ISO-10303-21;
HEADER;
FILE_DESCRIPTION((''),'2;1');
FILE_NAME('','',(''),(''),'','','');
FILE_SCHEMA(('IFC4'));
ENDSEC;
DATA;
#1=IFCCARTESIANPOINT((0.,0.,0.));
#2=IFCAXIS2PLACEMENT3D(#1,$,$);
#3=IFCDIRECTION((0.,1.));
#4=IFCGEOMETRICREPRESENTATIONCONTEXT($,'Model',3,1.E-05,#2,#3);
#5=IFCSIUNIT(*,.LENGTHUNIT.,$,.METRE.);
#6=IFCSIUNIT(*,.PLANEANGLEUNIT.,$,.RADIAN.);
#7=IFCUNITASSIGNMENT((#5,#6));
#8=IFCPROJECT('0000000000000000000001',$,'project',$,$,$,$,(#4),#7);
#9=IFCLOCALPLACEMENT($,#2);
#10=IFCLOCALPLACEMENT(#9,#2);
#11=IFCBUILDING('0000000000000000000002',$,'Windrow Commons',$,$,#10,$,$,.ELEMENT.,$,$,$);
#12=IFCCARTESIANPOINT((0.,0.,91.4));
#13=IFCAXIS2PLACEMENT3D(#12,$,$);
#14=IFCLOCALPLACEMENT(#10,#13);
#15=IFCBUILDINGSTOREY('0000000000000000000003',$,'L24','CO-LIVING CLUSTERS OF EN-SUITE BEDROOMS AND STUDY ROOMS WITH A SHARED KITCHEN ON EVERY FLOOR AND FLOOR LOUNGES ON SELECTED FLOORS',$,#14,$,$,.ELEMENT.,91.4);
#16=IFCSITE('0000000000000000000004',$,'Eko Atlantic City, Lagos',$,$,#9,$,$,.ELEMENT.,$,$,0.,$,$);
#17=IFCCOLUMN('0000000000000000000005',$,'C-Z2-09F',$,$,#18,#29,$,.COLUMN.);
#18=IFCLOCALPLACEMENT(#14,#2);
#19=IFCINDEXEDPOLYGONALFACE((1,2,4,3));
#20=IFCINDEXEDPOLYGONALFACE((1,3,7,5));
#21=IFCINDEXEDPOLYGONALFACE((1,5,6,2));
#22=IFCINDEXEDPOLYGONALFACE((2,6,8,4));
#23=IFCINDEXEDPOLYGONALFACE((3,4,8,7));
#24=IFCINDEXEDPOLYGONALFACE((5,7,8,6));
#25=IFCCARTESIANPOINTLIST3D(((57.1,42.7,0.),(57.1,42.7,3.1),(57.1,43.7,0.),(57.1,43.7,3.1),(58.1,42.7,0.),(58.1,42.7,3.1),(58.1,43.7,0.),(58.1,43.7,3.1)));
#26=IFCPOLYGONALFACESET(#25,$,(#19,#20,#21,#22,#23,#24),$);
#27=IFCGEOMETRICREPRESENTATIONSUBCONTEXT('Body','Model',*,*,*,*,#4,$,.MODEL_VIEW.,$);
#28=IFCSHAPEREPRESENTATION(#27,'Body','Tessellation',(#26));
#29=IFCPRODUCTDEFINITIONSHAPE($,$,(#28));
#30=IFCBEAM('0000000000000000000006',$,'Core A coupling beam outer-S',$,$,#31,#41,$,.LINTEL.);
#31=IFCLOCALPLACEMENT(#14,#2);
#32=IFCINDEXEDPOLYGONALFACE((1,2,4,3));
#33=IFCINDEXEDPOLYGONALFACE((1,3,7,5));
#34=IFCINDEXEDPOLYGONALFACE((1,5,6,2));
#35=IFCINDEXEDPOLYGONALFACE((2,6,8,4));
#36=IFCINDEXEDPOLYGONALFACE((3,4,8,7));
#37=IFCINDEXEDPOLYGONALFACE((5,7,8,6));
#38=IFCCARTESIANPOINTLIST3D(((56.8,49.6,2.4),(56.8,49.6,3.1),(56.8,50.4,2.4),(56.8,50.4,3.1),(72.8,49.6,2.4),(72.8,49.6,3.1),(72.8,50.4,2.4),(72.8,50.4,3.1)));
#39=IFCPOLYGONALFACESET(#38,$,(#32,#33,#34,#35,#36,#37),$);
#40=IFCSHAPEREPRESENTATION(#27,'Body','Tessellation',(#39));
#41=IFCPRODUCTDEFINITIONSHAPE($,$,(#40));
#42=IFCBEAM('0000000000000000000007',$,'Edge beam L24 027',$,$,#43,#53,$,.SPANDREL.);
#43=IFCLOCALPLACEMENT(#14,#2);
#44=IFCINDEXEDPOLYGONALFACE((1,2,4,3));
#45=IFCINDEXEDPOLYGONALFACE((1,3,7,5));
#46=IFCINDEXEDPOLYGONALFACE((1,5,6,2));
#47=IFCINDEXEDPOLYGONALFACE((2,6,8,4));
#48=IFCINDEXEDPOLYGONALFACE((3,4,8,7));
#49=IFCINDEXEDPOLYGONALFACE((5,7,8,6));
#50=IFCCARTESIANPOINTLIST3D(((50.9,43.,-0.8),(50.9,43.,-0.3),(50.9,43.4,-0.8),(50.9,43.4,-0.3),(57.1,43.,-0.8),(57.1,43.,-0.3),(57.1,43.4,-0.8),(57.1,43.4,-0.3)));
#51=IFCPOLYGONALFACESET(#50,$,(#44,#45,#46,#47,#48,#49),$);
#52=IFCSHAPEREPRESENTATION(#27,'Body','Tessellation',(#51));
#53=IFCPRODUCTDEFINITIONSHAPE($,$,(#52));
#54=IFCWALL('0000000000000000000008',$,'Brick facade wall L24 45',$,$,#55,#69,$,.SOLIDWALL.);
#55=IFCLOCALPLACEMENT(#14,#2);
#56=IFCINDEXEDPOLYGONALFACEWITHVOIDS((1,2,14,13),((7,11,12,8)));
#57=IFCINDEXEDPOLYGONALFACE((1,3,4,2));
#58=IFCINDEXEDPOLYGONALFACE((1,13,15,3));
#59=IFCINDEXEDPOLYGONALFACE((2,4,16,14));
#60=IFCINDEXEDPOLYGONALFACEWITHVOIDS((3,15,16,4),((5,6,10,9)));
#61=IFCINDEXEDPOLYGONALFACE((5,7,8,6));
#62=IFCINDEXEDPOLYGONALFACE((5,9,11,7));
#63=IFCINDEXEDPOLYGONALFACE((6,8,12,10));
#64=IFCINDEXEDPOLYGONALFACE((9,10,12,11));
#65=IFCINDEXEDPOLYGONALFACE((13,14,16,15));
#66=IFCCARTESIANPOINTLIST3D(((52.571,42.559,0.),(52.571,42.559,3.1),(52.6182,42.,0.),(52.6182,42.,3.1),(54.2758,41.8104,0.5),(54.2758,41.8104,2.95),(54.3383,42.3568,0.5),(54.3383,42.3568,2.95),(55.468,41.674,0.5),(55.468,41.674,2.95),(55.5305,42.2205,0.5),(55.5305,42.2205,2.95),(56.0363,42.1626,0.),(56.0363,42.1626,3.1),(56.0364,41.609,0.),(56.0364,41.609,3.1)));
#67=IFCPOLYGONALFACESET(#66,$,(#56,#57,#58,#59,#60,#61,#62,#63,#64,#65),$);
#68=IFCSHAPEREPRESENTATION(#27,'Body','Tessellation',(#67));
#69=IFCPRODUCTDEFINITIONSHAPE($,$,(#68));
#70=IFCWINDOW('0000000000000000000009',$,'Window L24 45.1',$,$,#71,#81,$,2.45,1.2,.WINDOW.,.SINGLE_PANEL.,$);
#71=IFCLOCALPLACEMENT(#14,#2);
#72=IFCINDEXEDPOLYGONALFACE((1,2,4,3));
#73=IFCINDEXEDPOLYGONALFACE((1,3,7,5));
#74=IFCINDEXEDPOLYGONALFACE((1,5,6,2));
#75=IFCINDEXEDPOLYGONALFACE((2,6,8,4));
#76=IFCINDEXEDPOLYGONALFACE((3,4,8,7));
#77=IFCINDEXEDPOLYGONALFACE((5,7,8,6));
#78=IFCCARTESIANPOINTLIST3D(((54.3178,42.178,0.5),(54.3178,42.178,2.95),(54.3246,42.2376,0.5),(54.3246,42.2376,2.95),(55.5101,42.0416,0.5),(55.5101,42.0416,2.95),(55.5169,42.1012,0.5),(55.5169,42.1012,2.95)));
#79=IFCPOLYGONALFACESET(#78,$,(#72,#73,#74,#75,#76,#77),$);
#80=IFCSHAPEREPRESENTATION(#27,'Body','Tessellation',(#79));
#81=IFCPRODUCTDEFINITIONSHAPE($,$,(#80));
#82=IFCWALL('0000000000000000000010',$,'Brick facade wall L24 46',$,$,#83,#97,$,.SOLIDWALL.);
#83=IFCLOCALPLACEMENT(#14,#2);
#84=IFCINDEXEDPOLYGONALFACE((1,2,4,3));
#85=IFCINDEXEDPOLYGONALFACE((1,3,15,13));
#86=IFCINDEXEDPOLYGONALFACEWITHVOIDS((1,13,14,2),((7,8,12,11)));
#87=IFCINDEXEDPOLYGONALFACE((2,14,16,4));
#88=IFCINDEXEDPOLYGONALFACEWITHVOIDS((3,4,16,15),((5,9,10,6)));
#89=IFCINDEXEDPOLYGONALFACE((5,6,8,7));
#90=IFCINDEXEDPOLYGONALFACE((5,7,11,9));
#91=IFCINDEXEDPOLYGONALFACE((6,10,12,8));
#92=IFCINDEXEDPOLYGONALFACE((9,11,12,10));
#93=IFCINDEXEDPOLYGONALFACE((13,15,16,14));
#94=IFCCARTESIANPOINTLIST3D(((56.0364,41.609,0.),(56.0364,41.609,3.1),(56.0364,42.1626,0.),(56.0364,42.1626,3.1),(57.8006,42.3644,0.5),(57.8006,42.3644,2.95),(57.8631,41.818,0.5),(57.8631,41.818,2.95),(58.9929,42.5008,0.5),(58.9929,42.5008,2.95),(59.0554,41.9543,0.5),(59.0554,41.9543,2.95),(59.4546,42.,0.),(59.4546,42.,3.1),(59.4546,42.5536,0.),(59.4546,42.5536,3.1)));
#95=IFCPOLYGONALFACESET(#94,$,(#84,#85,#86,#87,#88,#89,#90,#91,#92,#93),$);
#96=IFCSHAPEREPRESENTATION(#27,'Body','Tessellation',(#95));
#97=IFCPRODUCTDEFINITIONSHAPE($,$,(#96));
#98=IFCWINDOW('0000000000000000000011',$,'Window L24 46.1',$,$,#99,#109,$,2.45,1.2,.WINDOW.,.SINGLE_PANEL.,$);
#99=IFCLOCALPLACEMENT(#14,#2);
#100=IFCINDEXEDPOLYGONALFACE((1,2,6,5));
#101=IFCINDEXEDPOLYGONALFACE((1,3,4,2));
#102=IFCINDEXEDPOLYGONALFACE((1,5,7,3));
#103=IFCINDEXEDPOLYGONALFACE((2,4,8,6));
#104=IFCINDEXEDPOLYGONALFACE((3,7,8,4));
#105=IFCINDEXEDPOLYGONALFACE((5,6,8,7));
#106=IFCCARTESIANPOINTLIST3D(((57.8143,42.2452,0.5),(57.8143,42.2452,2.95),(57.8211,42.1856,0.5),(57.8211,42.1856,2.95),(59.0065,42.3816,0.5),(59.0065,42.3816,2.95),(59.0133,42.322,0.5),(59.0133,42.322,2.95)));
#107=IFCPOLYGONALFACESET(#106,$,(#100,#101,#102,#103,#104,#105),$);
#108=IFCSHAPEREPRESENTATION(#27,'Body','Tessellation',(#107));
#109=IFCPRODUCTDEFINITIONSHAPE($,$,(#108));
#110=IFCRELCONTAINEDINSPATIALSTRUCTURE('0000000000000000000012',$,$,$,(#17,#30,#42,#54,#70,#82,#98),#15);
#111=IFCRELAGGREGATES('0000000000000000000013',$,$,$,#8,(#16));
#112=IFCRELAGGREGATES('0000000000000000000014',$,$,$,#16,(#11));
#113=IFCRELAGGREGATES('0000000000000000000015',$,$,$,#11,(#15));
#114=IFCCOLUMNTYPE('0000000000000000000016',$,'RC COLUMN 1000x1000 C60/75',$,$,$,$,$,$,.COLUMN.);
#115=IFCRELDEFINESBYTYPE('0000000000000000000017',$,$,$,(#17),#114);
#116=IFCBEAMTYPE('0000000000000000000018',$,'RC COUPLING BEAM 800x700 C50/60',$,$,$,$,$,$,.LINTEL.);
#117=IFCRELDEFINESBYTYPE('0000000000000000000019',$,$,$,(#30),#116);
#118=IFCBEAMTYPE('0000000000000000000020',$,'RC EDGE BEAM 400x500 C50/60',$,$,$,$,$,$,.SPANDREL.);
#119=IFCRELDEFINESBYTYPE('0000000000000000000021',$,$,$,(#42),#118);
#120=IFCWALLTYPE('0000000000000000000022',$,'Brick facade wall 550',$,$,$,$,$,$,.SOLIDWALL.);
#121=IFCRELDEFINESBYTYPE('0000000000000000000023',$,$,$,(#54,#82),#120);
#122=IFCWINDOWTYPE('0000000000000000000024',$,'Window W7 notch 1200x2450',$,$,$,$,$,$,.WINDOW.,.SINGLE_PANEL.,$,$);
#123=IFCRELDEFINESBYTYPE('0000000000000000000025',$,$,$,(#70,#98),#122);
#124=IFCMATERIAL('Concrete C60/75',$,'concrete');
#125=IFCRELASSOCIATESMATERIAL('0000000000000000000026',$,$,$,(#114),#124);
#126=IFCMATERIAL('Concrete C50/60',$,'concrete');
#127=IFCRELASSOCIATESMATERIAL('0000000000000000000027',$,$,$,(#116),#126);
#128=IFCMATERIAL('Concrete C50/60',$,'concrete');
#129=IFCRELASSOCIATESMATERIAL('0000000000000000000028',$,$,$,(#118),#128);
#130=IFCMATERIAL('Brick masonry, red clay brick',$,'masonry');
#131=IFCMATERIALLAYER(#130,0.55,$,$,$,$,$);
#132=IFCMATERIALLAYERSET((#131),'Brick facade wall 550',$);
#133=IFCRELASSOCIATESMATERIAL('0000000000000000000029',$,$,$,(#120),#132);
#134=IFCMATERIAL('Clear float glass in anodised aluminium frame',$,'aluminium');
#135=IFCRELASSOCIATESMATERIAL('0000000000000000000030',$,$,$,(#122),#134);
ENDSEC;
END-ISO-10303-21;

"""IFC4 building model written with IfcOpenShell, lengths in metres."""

from ifc_helpers import new_model, si_unit, direction, frame, frame_2d, origin, origin_2d, place, context, subcontext, project, spatial, polyline, rectangle, outline, extrude, material, layer, layer_set, material_profile, profile_set, type_object, element, fill, save


model = new_model("IFC4")

# Units and contexts
model_context = context("Model", 3, precision=1e-05, world=origin(), true_north=direction((0.0, 1.0)))
body_context = subcontext(model_context, "Body", "Model", "MODEL_VIEW")
ifc_project = project(units=[si_unit("LENGTHUNIT", "METRE"), si_unit("PLANEANGLEUNIT", "RADIAN")], contexts=[model_context])

# Site, building, storey
site_placement = place(None, origin())
site = spatial("IfcSite", under=ifc_project, at=site_placement, Name="Eko Atlantic City, Lagos", CompositionType="ELEMENT", RefElevation=0.0)
building_placement = place(site_placement, origin())
building = spatial("IfcBuilding", under=site, at=building_placement, Name="Windrow Commons", CompositionType="ELEMENT")
storey_placement = place(building_placement, frame((0.0, 0.0, 91.4)))
storey = spatial("IfcBuildingStorey", under=building, at=storey_placement, Name="L24", Description="CO-LIVING CLUSTERS OF EN-SUITE BEDROOMS AND STUDY ROOMS WITH A SHARED KITCHEN ON EVERY FLOOR AND FLOOR LOUNGES ON SELECTED FLOORS", CompositionType="ELEMENT", Elevation=91.4)

# Column
ifc_material_1 = material(Name="Concrete C60/75", Category="concrete")
ifc_material_profile_1 = material_profile(ifc_material_1, rectangle(XDim=1.0, YDim=1.0, at=origin_2d()))
ifc_profile_set_1 = profile_set([ifc_material_profile_1], Name="Concrete C60/75")
column_type = type_object("IfcColumnType", Name="RC COLUMN 1000x1000 C60/75", PredefinedType="COLUMN", material=ifc_profile_set_1)
column_placement = place(storey_placement, frame((57.6, 43.2, 0.0), z_axis=(0.0, 0.0, 1.0), x_axis=(1.0, 0.0, 0.0)))
element("IfcColumn", 1, at=column_placement, inside=storey, type_object=column_type, Name="C-Z2-09F", PredefinedType="COLUMN", context=body_context, shape_type="SweptSolid", body=[
    extrude(rectangle(XDim=1.0, YDim=1.0, at=origin_2d()), origin(), (0.0, 0.0, 1.0), 3.1),
])

# Beams
ifc_material_2 = material(Name="Concrete C50/60", Category="concrete")
ifc_material_profile_2 = material_profile(ifc_material_2, rectangle(XDim=0.8, YDim=0.7, at=origin_2d()))
ifc_profile_set_2 = profile_set([ifc_material_profile_2], Name="Concrete C50/60")
beam_type_1 = type_object("IfcBeamType", Name="RC COUPLING BEAM 800x700 C50/60", PredefinedType="LINTEL", material=ifc_profile_set_2)
beam_1_placement = place(storey_placement, frame((56.8, 50.0, 2.75), z_axis=(1.0, 0.0, 0.0), x_axis=(0.0, 1.0, 0.0)))
element("IfcBeam", 2, at=beam_1_placement, inside=storey, type_object=beam_type_1, Name="Core A coupling beam outer-S", PredefinedType="LINTEL", context=body_context, shape_type="SweptSolid", body=[
    extrude(rectangle(XDim=0.8, YDim=0.7, at=origin_2d()), origin(), (0.0, 0.0, 1.0), 16.0),
])
ifc_material_3 = material(Name="Concrete C50/60", Category="concrete")
ifc_material_profile_3 = material_profile(ifc_material_3, rectangle(XDim=0.4, YDim=0.5, at=origin_2d()))
ifc_profile_set_3 = profile_set([ifc_material_profile_3], Name="Concrete C50/60")
beam_type_2 = type_object("IfcBeamType", Name="RC EDGE BEAM 400x500 C50/60", PredefinedType="SPANDREL", material=ifc_profile_set_3)
beam_2_placement = place(storey_placement, frame((57.1, 43.2, -0.55), z_axis=(-1.0, 0.0, 0.0), x_axis=(0.0, -1.0, 0.0)))
element("IfcBeam", 3, at=beam_2_placement, inside=storey, type_object=beam_type_2, Name="Edge beam L24 027", PredefinedType="SPANDREL", context=body_context, shape_type="SweptSolid", body=[
    extrude(rectangle(XDim=0.4, YDim=0.5, at=origin_2d()), origin(), (0.0, 0.0, 1.0), 6.2),
])

# Walls, openings, windows
ifc_material_4 = material(Name="Brick masonry, red clay brick", Category="masonry")
ifc_layer_1 = layer(ifc_material_4, 0.55)
ifc_layer_set_1 = layer_set([ifc_layer_1], Name="Brick facade wall 550")
wall_type_1 = type_object("IfcWallType", Name="Brick facade wall 550", PredefinedType="SOLIDWALL", material=ifc_layer_set_1)
wall_1_placement = place(storey_placement, frame((52.5946, 42.2795, 0.0), z_axis=(0.0, 0.0, 1.0), x_axis=(0.993521, -0.113647, 0.0)))
wall_1 = element("IfcWall", 4, at=wall_1_placement, inside=storey, type_object=wall_type_1, Name="Brick facade wall L24 45", PredefinedType="SOLIDWALL", context=body_context, shape_type="SweptSolid", body=[
    extrude(outline(polyline([(0.0552, -0.275), (3.4957, -0.275), (3.4327, 0.275), (-0.0552, 0.275), (0.0552, -0.275)])), origin(), (0.0, 0.0, 1.0), 3.1),
])
opening_1_placement = place(wall_1_placement, frame((1.7236, 0.0, 0.5)))
opening_1 = element("IfcOpeningElement", 5, at=opening_1_placement, cuts=wall_1, PredefinedType="OPENING", context=body_context, shape_type="SweptSolid", body=[
    extrude(rectangle(XDim=1.2, YDim=2.45, at=frame_2d((0.6, 1.225))), frame((0.0, 0.285, 0.0), z_axis=(0.0, -1.0, 0.0), x_axis=(1.0, 0.0, 0.0)), (0.0, 0.0, 1.0), 0.57),
])
ifc_material_5 = material(Name="Clear float glass in anodised aluminium frame", Category="aluminium")
window_type = type_object("IfcWindowType", Name="Window W7 notch 1200x2450", PartitioningType="SINGLE_PANEL", PredefinedType="WINDOW", material=ifc_material_5)
window_1_placement = place(opening_1_placement, origin())
window_1 = element("IfcWindow", 6, at=window_1_placement, inside=storey, type_object=window_type, Name="Window L24 45.1", OverallHeight=2.45, OverallWidth=1.2, PartitioningType="SINGLE_PANEL", PredefinedType="WINDOW", context=body_context, shape_type="SweptSolid", body=[
    extrude(rectangle(XDim=1.2, YDim=2.45, at=frame_2d((0.6, 1.225))), frame((0.0, 0.155, 0.0), z_axis=(0.0, -1.0, 0.0), x_axis=(1.0, 0.0, 0.0)), (0.0, 0.0, 1.0), 0.06),
])
fill(opening_1, window_1)
wall_2_placement = place(storey_placement, frame((56.0364, 41.8858, 0.0), z_axis=(0.0, 0.0, 1.0), x_axis=(0.993521, 0.11365, 0.0)))
wall_2 = element("IfcWall", 7, at=wall_2_placement, inside=storey, type_object=wall_type_1, Name="Brick facade wall L24 46", PredefinedType="SOLIDWALL", context=body_context, shape_type="SweptSolid", body=[
    extrude(outline(polyline([(-0.0315, -0.275), (3.409, -0.275), (3.4719, 0.275), (0.0315, 0.275), (-0.0315, -0.275)])), origin(), (0.0, 0.0, 1.0), 3.1),
])
opening_2_placement = place(wall_2_placement, frame((1.8072, 0.0, 0.5)))
opening_2 = element("IfcOpeningElement", 8, at=opening_2_placement, cuts=wall_2, PredefinedType="OPENING", context=body_context, shape_type="SweptSolid", body=[
    extrude(rectangle(XDim=1.2, YDim=2.45, at=frame_2d((0.6, 1.225))), frame((0.0, 0.285, 0.0), z_axis=(0.0, -1.0, 0.0), x_axis=(1.0, 0.0, 0.0)), (0.0, 0.0, 1.0), 0.57),
])
window_2_placement = place(opening_2_placement, origin())
window_2 = element("IfcWindow", 9, at=window_2_placement, inside=storey, type_object=window_type, Name="Window L24 46.1", OverallHeight=2.45, OverallWidth=1.2, PartitioningType="SINGLE_PANEL", PredefinedType="WINDOW", context=body_context, shape_type="SweptSolid", body=[
    extrude(rectangle(XDim=1.2, YDim=2.45, at=frame_2d((0.6, 1.225))), frame((0.0, 0.155, 0.0), z_axis=(0.0, -1.0, 0.0), x_axis=(1.0, 0.0, 0.0)), (0.0, 0.0, 1.0), 0.06),
])
fill(opening_2, window_2)

save(model, "model.ifc")
